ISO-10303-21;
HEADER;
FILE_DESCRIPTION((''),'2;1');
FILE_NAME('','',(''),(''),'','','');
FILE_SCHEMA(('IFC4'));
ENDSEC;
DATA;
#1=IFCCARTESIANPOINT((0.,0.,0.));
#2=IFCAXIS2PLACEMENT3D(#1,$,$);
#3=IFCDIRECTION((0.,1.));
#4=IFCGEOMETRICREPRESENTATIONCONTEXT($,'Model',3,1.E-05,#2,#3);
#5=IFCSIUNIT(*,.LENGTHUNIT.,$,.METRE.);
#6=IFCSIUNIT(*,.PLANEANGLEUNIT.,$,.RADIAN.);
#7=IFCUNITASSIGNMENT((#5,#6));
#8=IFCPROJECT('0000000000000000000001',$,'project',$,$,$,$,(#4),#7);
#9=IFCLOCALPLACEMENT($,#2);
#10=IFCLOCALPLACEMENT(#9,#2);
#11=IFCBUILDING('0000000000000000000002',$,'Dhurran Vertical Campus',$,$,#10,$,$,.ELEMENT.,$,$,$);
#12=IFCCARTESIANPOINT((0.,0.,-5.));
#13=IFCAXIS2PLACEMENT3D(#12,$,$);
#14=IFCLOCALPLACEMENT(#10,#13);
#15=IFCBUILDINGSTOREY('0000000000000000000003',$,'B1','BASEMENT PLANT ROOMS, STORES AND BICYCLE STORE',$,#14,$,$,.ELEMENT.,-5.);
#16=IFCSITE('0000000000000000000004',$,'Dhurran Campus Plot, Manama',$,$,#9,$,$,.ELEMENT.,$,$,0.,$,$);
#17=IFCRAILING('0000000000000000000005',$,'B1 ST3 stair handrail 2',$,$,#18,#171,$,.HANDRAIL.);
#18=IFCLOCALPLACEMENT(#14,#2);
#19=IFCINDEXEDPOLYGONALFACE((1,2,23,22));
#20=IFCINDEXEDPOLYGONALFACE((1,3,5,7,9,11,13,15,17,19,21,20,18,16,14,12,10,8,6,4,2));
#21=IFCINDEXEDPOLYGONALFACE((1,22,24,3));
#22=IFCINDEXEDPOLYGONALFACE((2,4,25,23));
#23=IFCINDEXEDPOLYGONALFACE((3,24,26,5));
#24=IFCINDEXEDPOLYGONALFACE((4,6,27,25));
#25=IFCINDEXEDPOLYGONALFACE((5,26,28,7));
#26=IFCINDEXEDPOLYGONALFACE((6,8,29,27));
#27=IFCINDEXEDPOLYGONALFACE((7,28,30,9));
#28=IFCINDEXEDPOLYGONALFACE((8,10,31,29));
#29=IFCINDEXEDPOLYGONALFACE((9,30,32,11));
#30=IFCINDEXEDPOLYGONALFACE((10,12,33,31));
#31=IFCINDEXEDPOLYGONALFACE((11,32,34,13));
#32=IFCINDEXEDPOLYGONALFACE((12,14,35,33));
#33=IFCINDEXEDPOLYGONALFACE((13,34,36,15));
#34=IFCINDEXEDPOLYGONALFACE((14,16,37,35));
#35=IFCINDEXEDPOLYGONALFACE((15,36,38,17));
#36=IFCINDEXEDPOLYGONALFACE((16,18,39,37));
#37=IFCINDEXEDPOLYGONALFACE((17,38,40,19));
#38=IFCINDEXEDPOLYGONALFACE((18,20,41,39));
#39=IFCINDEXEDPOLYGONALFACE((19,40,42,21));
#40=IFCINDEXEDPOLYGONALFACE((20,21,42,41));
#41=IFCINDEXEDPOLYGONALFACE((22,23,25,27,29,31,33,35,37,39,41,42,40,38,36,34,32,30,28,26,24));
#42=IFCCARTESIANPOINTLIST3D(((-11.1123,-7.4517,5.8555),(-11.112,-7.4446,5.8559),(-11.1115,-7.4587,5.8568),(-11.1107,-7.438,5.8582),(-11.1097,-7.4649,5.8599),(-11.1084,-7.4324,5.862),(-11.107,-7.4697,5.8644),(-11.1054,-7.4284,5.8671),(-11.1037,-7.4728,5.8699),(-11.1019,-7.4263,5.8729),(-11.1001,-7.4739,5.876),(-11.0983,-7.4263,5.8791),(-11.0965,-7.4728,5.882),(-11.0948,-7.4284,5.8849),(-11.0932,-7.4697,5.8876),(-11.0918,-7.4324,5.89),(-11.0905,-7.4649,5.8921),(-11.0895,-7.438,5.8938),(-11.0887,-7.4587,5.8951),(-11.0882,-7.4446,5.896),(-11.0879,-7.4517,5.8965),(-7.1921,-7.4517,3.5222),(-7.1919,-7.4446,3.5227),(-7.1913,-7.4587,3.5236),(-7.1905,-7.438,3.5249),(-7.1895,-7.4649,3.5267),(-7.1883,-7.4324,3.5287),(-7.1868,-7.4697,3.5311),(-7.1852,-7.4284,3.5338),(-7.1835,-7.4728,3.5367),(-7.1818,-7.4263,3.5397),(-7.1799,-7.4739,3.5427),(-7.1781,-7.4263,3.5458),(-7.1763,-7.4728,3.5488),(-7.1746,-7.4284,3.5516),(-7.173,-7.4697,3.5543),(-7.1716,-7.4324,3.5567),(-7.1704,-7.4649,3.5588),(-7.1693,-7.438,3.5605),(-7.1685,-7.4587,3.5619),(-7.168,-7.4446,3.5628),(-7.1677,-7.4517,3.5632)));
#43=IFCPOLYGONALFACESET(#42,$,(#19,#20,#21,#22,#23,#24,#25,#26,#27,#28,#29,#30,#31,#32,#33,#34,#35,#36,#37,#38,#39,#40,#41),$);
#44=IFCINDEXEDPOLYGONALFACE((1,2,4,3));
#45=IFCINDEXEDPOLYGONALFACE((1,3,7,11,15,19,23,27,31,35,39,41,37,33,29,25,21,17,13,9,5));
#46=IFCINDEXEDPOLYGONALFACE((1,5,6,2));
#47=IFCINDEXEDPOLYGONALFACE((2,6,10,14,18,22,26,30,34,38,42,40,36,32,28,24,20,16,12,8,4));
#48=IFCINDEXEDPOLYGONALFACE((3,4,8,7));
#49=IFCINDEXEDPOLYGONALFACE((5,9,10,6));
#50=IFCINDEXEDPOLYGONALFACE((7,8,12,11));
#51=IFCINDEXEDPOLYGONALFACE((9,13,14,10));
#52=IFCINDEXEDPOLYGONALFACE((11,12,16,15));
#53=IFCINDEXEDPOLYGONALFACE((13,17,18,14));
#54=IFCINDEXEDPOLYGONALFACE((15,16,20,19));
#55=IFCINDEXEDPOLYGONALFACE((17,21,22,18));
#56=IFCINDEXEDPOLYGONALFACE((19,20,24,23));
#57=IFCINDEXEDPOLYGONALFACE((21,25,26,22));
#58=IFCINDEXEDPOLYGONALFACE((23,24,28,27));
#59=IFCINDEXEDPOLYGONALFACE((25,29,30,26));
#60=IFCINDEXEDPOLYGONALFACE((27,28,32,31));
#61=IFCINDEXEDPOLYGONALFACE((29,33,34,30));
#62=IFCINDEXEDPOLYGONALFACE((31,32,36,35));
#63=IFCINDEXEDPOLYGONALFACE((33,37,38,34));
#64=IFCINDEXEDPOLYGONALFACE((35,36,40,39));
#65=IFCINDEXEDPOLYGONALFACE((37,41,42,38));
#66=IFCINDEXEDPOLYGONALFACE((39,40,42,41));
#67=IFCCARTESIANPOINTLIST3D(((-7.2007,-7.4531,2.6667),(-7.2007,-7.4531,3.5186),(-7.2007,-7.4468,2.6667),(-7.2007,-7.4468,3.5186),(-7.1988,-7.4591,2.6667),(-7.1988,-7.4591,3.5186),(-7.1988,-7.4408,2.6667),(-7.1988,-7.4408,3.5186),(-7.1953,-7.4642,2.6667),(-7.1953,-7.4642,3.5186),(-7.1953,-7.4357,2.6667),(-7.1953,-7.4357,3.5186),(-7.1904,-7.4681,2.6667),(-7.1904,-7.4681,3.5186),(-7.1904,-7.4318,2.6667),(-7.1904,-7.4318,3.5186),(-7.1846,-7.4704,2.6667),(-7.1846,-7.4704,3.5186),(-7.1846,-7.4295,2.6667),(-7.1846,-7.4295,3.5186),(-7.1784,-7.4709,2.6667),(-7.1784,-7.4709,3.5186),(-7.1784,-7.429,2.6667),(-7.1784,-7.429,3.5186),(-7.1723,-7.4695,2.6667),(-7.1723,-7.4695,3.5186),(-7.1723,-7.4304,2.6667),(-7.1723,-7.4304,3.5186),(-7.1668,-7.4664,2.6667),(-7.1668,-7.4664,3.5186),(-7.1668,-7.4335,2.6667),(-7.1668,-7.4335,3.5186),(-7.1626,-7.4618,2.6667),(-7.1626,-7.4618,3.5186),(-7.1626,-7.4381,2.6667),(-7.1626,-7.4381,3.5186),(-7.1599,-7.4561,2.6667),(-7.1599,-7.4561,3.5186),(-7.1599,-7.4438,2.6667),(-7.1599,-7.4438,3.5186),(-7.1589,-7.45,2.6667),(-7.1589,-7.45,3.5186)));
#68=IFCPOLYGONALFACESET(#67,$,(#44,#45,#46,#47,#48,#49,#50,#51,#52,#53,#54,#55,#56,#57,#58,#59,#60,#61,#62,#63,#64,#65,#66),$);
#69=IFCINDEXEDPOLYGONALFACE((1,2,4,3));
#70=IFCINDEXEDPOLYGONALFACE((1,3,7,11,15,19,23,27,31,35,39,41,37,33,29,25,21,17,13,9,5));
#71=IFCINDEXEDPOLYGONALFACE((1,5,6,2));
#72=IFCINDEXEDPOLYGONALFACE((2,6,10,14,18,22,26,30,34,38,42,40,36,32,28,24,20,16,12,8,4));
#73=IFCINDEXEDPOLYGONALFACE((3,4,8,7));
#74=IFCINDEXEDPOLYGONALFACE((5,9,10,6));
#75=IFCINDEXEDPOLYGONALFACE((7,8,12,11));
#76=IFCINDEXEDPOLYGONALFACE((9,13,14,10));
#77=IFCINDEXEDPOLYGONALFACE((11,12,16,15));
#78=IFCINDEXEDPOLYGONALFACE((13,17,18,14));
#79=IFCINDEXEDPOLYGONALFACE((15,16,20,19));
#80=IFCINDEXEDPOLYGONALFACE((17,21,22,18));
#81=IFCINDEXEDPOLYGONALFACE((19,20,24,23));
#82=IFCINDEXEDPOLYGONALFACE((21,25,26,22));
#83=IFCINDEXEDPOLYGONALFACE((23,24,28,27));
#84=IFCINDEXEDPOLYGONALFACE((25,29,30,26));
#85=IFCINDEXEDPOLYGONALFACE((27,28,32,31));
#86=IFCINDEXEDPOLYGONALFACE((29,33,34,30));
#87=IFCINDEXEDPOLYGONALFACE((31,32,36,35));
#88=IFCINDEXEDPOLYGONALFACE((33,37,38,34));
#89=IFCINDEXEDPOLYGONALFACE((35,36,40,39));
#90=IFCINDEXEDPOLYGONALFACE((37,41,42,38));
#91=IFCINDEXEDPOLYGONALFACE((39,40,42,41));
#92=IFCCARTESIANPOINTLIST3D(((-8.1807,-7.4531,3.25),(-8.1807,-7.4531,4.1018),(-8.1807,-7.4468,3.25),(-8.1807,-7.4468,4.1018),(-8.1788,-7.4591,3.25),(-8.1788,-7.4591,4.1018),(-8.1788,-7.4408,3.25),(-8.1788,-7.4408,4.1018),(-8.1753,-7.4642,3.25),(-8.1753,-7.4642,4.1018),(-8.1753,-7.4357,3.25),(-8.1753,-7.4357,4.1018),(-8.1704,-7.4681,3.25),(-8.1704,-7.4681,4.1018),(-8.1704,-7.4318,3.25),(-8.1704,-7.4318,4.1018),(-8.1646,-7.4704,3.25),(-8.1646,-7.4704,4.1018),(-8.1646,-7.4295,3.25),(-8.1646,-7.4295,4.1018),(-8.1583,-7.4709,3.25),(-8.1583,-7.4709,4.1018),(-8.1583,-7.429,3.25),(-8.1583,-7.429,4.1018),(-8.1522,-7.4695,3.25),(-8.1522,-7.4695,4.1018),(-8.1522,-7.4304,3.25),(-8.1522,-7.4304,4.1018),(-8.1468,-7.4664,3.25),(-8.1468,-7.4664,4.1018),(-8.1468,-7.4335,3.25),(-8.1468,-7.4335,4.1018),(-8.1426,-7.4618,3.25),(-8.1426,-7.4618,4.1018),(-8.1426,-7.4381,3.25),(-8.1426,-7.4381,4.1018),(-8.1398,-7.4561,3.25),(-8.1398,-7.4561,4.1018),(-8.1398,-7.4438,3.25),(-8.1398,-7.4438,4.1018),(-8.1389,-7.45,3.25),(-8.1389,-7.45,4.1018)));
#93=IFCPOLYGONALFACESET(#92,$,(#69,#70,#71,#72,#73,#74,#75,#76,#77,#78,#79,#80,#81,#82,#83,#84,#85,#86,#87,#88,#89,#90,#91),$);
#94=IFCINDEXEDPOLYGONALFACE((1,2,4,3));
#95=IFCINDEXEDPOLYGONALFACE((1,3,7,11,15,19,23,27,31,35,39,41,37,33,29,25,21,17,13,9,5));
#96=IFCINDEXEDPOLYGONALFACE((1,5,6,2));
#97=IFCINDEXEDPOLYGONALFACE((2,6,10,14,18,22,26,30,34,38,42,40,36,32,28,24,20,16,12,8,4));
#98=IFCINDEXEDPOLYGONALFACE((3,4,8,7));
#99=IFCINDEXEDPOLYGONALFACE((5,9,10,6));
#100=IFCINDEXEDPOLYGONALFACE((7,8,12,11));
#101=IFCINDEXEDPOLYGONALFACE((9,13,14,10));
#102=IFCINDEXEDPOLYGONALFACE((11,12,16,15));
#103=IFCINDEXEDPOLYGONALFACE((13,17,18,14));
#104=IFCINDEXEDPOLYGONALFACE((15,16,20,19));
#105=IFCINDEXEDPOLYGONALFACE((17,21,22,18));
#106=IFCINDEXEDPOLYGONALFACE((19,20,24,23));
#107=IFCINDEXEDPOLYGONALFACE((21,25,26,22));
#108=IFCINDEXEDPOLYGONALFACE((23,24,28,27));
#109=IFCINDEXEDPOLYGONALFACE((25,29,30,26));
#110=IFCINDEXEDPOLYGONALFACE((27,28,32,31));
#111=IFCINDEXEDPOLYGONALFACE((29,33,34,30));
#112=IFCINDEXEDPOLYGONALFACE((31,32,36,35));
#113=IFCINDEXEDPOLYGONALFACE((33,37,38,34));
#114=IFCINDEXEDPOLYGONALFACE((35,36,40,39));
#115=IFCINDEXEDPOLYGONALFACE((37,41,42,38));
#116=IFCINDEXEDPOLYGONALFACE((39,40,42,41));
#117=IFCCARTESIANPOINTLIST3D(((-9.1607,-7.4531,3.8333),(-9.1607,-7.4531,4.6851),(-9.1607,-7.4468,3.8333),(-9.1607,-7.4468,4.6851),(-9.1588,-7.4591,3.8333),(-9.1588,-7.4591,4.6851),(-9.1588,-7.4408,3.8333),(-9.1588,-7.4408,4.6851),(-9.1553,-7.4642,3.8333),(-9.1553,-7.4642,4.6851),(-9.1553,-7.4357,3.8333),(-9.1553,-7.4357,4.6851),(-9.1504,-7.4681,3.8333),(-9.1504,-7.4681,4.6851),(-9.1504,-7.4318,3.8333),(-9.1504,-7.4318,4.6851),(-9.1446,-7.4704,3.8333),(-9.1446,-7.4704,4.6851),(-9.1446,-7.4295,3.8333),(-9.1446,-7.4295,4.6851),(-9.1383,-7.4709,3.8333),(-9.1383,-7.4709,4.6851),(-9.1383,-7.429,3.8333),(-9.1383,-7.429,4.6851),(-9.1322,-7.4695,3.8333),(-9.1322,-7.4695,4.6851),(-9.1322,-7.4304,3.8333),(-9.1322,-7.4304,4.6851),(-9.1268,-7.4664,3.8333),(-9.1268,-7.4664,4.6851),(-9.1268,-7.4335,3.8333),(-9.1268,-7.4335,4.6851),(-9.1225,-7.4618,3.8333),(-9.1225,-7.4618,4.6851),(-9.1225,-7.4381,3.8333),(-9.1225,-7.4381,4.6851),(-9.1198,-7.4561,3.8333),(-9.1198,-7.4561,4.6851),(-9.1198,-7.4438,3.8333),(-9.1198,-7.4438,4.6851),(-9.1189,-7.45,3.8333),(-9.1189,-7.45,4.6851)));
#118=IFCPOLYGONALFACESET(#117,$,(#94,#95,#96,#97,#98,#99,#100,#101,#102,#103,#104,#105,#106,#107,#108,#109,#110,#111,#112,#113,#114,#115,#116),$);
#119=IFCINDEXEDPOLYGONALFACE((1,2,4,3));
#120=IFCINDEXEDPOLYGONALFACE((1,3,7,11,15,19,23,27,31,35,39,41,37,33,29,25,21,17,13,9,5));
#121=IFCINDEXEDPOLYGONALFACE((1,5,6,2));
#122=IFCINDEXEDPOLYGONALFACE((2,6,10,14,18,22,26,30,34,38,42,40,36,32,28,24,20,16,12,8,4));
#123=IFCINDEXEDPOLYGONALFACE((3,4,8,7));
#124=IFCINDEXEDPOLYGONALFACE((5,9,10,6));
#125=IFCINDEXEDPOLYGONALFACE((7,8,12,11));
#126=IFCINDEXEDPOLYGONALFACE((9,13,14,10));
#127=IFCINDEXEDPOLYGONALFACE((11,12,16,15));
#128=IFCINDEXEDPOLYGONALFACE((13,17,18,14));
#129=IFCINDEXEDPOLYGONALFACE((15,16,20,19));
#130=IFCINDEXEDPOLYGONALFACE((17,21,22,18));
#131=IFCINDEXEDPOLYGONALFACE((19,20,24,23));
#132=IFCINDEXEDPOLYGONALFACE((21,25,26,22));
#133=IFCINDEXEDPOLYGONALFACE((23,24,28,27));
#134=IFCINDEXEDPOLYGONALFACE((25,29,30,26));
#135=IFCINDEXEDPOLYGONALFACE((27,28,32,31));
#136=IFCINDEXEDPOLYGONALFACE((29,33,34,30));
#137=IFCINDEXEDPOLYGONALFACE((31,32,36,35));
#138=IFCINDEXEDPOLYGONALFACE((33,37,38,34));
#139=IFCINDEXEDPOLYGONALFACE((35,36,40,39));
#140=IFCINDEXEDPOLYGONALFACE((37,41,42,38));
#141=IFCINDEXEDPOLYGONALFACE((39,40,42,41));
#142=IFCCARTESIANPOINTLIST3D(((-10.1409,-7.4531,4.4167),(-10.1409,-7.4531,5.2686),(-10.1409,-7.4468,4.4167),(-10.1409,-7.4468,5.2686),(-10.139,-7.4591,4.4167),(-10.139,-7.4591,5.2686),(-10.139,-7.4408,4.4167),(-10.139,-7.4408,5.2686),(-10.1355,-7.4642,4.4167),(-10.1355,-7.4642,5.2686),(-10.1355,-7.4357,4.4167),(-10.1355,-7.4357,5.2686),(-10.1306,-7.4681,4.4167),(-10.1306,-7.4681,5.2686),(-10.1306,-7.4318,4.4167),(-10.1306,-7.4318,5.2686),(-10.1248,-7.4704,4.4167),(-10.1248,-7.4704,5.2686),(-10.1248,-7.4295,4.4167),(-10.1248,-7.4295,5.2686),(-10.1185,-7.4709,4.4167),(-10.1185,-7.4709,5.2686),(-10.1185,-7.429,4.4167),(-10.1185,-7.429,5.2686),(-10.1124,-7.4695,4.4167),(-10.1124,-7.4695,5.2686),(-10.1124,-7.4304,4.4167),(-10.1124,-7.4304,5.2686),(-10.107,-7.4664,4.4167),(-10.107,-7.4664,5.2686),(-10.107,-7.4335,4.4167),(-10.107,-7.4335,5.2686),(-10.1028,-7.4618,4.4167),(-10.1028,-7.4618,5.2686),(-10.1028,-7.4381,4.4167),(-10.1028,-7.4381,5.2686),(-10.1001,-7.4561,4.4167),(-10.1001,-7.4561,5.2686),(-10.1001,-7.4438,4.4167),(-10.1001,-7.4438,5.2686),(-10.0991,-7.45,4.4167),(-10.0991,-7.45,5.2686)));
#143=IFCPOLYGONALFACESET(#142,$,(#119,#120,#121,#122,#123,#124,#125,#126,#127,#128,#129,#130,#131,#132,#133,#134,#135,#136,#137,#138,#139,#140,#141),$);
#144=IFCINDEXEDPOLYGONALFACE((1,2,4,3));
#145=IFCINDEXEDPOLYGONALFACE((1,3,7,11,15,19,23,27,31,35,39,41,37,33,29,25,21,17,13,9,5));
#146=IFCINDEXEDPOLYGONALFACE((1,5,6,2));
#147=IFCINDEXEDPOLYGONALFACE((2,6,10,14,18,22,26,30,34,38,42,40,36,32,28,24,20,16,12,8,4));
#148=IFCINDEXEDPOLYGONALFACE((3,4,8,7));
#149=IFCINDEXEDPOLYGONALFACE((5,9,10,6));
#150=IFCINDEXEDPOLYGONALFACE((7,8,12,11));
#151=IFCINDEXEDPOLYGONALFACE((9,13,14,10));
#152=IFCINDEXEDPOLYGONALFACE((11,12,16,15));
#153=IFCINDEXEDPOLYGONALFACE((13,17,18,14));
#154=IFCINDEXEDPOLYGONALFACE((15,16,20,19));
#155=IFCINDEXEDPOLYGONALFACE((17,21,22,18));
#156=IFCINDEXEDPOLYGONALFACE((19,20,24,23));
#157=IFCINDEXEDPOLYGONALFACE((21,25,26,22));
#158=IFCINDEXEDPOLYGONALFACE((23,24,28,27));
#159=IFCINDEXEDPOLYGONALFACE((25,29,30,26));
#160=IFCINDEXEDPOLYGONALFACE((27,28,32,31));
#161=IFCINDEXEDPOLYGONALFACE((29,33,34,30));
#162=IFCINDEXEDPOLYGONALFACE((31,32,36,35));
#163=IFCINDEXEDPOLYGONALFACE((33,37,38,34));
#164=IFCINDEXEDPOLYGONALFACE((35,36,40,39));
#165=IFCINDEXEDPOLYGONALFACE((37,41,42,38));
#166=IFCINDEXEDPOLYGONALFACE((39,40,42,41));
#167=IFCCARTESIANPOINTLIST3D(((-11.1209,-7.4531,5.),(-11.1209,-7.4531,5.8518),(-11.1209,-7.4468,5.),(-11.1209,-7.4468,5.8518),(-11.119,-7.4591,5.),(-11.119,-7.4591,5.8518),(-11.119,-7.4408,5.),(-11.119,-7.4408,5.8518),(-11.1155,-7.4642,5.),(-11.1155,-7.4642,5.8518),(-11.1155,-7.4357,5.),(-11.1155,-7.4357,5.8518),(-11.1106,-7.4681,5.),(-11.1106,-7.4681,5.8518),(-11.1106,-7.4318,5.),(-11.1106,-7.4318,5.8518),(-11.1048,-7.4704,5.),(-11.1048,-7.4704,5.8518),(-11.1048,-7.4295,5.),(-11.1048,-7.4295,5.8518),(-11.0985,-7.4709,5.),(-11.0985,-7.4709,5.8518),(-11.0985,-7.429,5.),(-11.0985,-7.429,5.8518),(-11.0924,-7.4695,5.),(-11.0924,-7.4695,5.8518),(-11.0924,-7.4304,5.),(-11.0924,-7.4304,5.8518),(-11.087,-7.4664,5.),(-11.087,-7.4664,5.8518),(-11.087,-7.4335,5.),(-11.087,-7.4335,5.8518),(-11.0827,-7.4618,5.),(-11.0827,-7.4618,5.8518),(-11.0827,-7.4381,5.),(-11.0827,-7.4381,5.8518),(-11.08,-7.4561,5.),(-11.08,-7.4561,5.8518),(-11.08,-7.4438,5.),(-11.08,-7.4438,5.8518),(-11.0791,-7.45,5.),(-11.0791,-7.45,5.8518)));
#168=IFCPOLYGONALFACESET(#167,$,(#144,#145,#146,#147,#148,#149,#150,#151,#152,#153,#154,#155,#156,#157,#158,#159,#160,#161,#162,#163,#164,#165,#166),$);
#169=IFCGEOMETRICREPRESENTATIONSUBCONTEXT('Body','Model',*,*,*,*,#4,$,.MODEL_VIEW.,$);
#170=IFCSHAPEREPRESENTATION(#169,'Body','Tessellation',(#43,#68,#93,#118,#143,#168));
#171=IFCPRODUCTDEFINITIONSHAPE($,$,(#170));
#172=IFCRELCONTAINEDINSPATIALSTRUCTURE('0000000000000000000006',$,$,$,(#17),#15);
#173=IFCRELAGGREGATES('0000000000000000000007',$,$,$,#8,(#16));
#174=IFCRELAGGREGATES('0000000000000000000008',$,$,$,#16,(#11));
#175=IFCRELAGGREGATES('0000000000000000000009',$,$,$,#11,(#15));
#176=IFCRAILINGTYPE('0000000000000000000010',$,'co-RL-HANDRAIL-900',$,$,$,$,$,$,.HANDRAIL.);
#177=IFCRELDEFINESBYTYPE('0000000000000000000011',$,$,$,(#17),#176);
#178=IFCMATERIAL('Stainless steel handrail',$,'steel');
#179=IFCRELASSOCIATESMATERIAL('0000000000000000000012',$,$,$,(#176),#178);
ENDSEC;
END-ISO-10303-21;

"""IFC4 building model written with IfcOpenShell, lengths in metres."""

from ifc_helpers import new_model, si_unit, direction, frame, origin, origin_2d, place, context, subcontext, project, spatial, circle, extrude, material, type_object, element, save


model = new_model("IFC4")

# Units and contexts
model_context = context("Model", 3, precision=1e-05, world=origin(), true_north=direction((0.0, 1.0)))
body_context = subcontext(model_context, "Body", "Model", "MODEL_VIEW")
ifc_project = project(units=[si_unit("LENGTHUNIT", "METRE"), si_unit("PLANEANGLEUNIT", "RADIAN")], contexts=[model_context])

# Site, building, storey
site_placement = place(None, origin())
site = spatial("IfcSite", under=ifc_project, at=site_placement, Name="Dhurran Campus Plot, Manama", CompositionType="ELEMENT", RefElevation=0.0)
building_placement = place(site_placement, origin())
building = spatial("IfcBuilding", under=site, at=building_placement, Name="Dhurran Vertical Campus", CompositionType="ELEMENT")
storey_placement = place(building_placement, frame((0.0, 0.0, -5.0)))
storey = spatial("IfcBuildingStorey", under=building, at=storey_placement, Name="B1", Description="BASEMENT PLANT ROOMS, STORES AND BICYCLE STORE", CompositionType="ELEMENT", Elevation=-5.0)

# Railing
ifc_material_1 = material(Name="Stainless steel handrail", Category="steel")
railing_type_1 = type_object("IfcRailingType", Name="co-RL-HANDRAIL-900", PredefinedType="HANDRAIL", material=ifc_material_1)
railing_1_placement = place(storey_placement, frame((-7.1799, -7.45, 2.6667)))
element("IfcRailing", 1, at=railing_1_placement, inside=storey, type_object=railing_type_1, Name="B1 ST3 stair handrail 2", PredefinedType="HANDRAIL", context=body_context, shape_type="SweptSolid", body=[
    extrude(circle(Radius=0.0239, at=origin_2d()), frame((0.0, 0.0, 0.876), z_axis=(-0.85931, 0.0, 0.511455), x_axis=(0.0, -1.0, 0.0)), (0.0, 0.0, 1.0), 4.562),
    extrude(circle(Radius=0.021, at=origin_2d()), origin(), (0.0, 0.0, 1.0), 0.8518),
    extrude(circle(Radius=0.021, at=origin_2d()), frame((-0.98, 0.0, 0.5833)), (0.0, 0.0, 1.0), 0.8518),
    extrude(circle(Radius=0.021, at=origin_2d()), frame((-1.96, 0.0, 1.1665)), (0.0, 0.0, 1.0), 0.8518),
    extrude(circle(Radius=0.021, at=origin_2d()), frame((-2.9402, 0.0, 1.75)), (0.0, 0.0, 1.0), 0.8518),
    extrude(circle(Radius=0.021, at=origin_2d()), frame((-3.9202, 0.0, 2.3333)), (0.0, 0.0, 1.0), 0.8518),
])

save(model, "model.ifc")
